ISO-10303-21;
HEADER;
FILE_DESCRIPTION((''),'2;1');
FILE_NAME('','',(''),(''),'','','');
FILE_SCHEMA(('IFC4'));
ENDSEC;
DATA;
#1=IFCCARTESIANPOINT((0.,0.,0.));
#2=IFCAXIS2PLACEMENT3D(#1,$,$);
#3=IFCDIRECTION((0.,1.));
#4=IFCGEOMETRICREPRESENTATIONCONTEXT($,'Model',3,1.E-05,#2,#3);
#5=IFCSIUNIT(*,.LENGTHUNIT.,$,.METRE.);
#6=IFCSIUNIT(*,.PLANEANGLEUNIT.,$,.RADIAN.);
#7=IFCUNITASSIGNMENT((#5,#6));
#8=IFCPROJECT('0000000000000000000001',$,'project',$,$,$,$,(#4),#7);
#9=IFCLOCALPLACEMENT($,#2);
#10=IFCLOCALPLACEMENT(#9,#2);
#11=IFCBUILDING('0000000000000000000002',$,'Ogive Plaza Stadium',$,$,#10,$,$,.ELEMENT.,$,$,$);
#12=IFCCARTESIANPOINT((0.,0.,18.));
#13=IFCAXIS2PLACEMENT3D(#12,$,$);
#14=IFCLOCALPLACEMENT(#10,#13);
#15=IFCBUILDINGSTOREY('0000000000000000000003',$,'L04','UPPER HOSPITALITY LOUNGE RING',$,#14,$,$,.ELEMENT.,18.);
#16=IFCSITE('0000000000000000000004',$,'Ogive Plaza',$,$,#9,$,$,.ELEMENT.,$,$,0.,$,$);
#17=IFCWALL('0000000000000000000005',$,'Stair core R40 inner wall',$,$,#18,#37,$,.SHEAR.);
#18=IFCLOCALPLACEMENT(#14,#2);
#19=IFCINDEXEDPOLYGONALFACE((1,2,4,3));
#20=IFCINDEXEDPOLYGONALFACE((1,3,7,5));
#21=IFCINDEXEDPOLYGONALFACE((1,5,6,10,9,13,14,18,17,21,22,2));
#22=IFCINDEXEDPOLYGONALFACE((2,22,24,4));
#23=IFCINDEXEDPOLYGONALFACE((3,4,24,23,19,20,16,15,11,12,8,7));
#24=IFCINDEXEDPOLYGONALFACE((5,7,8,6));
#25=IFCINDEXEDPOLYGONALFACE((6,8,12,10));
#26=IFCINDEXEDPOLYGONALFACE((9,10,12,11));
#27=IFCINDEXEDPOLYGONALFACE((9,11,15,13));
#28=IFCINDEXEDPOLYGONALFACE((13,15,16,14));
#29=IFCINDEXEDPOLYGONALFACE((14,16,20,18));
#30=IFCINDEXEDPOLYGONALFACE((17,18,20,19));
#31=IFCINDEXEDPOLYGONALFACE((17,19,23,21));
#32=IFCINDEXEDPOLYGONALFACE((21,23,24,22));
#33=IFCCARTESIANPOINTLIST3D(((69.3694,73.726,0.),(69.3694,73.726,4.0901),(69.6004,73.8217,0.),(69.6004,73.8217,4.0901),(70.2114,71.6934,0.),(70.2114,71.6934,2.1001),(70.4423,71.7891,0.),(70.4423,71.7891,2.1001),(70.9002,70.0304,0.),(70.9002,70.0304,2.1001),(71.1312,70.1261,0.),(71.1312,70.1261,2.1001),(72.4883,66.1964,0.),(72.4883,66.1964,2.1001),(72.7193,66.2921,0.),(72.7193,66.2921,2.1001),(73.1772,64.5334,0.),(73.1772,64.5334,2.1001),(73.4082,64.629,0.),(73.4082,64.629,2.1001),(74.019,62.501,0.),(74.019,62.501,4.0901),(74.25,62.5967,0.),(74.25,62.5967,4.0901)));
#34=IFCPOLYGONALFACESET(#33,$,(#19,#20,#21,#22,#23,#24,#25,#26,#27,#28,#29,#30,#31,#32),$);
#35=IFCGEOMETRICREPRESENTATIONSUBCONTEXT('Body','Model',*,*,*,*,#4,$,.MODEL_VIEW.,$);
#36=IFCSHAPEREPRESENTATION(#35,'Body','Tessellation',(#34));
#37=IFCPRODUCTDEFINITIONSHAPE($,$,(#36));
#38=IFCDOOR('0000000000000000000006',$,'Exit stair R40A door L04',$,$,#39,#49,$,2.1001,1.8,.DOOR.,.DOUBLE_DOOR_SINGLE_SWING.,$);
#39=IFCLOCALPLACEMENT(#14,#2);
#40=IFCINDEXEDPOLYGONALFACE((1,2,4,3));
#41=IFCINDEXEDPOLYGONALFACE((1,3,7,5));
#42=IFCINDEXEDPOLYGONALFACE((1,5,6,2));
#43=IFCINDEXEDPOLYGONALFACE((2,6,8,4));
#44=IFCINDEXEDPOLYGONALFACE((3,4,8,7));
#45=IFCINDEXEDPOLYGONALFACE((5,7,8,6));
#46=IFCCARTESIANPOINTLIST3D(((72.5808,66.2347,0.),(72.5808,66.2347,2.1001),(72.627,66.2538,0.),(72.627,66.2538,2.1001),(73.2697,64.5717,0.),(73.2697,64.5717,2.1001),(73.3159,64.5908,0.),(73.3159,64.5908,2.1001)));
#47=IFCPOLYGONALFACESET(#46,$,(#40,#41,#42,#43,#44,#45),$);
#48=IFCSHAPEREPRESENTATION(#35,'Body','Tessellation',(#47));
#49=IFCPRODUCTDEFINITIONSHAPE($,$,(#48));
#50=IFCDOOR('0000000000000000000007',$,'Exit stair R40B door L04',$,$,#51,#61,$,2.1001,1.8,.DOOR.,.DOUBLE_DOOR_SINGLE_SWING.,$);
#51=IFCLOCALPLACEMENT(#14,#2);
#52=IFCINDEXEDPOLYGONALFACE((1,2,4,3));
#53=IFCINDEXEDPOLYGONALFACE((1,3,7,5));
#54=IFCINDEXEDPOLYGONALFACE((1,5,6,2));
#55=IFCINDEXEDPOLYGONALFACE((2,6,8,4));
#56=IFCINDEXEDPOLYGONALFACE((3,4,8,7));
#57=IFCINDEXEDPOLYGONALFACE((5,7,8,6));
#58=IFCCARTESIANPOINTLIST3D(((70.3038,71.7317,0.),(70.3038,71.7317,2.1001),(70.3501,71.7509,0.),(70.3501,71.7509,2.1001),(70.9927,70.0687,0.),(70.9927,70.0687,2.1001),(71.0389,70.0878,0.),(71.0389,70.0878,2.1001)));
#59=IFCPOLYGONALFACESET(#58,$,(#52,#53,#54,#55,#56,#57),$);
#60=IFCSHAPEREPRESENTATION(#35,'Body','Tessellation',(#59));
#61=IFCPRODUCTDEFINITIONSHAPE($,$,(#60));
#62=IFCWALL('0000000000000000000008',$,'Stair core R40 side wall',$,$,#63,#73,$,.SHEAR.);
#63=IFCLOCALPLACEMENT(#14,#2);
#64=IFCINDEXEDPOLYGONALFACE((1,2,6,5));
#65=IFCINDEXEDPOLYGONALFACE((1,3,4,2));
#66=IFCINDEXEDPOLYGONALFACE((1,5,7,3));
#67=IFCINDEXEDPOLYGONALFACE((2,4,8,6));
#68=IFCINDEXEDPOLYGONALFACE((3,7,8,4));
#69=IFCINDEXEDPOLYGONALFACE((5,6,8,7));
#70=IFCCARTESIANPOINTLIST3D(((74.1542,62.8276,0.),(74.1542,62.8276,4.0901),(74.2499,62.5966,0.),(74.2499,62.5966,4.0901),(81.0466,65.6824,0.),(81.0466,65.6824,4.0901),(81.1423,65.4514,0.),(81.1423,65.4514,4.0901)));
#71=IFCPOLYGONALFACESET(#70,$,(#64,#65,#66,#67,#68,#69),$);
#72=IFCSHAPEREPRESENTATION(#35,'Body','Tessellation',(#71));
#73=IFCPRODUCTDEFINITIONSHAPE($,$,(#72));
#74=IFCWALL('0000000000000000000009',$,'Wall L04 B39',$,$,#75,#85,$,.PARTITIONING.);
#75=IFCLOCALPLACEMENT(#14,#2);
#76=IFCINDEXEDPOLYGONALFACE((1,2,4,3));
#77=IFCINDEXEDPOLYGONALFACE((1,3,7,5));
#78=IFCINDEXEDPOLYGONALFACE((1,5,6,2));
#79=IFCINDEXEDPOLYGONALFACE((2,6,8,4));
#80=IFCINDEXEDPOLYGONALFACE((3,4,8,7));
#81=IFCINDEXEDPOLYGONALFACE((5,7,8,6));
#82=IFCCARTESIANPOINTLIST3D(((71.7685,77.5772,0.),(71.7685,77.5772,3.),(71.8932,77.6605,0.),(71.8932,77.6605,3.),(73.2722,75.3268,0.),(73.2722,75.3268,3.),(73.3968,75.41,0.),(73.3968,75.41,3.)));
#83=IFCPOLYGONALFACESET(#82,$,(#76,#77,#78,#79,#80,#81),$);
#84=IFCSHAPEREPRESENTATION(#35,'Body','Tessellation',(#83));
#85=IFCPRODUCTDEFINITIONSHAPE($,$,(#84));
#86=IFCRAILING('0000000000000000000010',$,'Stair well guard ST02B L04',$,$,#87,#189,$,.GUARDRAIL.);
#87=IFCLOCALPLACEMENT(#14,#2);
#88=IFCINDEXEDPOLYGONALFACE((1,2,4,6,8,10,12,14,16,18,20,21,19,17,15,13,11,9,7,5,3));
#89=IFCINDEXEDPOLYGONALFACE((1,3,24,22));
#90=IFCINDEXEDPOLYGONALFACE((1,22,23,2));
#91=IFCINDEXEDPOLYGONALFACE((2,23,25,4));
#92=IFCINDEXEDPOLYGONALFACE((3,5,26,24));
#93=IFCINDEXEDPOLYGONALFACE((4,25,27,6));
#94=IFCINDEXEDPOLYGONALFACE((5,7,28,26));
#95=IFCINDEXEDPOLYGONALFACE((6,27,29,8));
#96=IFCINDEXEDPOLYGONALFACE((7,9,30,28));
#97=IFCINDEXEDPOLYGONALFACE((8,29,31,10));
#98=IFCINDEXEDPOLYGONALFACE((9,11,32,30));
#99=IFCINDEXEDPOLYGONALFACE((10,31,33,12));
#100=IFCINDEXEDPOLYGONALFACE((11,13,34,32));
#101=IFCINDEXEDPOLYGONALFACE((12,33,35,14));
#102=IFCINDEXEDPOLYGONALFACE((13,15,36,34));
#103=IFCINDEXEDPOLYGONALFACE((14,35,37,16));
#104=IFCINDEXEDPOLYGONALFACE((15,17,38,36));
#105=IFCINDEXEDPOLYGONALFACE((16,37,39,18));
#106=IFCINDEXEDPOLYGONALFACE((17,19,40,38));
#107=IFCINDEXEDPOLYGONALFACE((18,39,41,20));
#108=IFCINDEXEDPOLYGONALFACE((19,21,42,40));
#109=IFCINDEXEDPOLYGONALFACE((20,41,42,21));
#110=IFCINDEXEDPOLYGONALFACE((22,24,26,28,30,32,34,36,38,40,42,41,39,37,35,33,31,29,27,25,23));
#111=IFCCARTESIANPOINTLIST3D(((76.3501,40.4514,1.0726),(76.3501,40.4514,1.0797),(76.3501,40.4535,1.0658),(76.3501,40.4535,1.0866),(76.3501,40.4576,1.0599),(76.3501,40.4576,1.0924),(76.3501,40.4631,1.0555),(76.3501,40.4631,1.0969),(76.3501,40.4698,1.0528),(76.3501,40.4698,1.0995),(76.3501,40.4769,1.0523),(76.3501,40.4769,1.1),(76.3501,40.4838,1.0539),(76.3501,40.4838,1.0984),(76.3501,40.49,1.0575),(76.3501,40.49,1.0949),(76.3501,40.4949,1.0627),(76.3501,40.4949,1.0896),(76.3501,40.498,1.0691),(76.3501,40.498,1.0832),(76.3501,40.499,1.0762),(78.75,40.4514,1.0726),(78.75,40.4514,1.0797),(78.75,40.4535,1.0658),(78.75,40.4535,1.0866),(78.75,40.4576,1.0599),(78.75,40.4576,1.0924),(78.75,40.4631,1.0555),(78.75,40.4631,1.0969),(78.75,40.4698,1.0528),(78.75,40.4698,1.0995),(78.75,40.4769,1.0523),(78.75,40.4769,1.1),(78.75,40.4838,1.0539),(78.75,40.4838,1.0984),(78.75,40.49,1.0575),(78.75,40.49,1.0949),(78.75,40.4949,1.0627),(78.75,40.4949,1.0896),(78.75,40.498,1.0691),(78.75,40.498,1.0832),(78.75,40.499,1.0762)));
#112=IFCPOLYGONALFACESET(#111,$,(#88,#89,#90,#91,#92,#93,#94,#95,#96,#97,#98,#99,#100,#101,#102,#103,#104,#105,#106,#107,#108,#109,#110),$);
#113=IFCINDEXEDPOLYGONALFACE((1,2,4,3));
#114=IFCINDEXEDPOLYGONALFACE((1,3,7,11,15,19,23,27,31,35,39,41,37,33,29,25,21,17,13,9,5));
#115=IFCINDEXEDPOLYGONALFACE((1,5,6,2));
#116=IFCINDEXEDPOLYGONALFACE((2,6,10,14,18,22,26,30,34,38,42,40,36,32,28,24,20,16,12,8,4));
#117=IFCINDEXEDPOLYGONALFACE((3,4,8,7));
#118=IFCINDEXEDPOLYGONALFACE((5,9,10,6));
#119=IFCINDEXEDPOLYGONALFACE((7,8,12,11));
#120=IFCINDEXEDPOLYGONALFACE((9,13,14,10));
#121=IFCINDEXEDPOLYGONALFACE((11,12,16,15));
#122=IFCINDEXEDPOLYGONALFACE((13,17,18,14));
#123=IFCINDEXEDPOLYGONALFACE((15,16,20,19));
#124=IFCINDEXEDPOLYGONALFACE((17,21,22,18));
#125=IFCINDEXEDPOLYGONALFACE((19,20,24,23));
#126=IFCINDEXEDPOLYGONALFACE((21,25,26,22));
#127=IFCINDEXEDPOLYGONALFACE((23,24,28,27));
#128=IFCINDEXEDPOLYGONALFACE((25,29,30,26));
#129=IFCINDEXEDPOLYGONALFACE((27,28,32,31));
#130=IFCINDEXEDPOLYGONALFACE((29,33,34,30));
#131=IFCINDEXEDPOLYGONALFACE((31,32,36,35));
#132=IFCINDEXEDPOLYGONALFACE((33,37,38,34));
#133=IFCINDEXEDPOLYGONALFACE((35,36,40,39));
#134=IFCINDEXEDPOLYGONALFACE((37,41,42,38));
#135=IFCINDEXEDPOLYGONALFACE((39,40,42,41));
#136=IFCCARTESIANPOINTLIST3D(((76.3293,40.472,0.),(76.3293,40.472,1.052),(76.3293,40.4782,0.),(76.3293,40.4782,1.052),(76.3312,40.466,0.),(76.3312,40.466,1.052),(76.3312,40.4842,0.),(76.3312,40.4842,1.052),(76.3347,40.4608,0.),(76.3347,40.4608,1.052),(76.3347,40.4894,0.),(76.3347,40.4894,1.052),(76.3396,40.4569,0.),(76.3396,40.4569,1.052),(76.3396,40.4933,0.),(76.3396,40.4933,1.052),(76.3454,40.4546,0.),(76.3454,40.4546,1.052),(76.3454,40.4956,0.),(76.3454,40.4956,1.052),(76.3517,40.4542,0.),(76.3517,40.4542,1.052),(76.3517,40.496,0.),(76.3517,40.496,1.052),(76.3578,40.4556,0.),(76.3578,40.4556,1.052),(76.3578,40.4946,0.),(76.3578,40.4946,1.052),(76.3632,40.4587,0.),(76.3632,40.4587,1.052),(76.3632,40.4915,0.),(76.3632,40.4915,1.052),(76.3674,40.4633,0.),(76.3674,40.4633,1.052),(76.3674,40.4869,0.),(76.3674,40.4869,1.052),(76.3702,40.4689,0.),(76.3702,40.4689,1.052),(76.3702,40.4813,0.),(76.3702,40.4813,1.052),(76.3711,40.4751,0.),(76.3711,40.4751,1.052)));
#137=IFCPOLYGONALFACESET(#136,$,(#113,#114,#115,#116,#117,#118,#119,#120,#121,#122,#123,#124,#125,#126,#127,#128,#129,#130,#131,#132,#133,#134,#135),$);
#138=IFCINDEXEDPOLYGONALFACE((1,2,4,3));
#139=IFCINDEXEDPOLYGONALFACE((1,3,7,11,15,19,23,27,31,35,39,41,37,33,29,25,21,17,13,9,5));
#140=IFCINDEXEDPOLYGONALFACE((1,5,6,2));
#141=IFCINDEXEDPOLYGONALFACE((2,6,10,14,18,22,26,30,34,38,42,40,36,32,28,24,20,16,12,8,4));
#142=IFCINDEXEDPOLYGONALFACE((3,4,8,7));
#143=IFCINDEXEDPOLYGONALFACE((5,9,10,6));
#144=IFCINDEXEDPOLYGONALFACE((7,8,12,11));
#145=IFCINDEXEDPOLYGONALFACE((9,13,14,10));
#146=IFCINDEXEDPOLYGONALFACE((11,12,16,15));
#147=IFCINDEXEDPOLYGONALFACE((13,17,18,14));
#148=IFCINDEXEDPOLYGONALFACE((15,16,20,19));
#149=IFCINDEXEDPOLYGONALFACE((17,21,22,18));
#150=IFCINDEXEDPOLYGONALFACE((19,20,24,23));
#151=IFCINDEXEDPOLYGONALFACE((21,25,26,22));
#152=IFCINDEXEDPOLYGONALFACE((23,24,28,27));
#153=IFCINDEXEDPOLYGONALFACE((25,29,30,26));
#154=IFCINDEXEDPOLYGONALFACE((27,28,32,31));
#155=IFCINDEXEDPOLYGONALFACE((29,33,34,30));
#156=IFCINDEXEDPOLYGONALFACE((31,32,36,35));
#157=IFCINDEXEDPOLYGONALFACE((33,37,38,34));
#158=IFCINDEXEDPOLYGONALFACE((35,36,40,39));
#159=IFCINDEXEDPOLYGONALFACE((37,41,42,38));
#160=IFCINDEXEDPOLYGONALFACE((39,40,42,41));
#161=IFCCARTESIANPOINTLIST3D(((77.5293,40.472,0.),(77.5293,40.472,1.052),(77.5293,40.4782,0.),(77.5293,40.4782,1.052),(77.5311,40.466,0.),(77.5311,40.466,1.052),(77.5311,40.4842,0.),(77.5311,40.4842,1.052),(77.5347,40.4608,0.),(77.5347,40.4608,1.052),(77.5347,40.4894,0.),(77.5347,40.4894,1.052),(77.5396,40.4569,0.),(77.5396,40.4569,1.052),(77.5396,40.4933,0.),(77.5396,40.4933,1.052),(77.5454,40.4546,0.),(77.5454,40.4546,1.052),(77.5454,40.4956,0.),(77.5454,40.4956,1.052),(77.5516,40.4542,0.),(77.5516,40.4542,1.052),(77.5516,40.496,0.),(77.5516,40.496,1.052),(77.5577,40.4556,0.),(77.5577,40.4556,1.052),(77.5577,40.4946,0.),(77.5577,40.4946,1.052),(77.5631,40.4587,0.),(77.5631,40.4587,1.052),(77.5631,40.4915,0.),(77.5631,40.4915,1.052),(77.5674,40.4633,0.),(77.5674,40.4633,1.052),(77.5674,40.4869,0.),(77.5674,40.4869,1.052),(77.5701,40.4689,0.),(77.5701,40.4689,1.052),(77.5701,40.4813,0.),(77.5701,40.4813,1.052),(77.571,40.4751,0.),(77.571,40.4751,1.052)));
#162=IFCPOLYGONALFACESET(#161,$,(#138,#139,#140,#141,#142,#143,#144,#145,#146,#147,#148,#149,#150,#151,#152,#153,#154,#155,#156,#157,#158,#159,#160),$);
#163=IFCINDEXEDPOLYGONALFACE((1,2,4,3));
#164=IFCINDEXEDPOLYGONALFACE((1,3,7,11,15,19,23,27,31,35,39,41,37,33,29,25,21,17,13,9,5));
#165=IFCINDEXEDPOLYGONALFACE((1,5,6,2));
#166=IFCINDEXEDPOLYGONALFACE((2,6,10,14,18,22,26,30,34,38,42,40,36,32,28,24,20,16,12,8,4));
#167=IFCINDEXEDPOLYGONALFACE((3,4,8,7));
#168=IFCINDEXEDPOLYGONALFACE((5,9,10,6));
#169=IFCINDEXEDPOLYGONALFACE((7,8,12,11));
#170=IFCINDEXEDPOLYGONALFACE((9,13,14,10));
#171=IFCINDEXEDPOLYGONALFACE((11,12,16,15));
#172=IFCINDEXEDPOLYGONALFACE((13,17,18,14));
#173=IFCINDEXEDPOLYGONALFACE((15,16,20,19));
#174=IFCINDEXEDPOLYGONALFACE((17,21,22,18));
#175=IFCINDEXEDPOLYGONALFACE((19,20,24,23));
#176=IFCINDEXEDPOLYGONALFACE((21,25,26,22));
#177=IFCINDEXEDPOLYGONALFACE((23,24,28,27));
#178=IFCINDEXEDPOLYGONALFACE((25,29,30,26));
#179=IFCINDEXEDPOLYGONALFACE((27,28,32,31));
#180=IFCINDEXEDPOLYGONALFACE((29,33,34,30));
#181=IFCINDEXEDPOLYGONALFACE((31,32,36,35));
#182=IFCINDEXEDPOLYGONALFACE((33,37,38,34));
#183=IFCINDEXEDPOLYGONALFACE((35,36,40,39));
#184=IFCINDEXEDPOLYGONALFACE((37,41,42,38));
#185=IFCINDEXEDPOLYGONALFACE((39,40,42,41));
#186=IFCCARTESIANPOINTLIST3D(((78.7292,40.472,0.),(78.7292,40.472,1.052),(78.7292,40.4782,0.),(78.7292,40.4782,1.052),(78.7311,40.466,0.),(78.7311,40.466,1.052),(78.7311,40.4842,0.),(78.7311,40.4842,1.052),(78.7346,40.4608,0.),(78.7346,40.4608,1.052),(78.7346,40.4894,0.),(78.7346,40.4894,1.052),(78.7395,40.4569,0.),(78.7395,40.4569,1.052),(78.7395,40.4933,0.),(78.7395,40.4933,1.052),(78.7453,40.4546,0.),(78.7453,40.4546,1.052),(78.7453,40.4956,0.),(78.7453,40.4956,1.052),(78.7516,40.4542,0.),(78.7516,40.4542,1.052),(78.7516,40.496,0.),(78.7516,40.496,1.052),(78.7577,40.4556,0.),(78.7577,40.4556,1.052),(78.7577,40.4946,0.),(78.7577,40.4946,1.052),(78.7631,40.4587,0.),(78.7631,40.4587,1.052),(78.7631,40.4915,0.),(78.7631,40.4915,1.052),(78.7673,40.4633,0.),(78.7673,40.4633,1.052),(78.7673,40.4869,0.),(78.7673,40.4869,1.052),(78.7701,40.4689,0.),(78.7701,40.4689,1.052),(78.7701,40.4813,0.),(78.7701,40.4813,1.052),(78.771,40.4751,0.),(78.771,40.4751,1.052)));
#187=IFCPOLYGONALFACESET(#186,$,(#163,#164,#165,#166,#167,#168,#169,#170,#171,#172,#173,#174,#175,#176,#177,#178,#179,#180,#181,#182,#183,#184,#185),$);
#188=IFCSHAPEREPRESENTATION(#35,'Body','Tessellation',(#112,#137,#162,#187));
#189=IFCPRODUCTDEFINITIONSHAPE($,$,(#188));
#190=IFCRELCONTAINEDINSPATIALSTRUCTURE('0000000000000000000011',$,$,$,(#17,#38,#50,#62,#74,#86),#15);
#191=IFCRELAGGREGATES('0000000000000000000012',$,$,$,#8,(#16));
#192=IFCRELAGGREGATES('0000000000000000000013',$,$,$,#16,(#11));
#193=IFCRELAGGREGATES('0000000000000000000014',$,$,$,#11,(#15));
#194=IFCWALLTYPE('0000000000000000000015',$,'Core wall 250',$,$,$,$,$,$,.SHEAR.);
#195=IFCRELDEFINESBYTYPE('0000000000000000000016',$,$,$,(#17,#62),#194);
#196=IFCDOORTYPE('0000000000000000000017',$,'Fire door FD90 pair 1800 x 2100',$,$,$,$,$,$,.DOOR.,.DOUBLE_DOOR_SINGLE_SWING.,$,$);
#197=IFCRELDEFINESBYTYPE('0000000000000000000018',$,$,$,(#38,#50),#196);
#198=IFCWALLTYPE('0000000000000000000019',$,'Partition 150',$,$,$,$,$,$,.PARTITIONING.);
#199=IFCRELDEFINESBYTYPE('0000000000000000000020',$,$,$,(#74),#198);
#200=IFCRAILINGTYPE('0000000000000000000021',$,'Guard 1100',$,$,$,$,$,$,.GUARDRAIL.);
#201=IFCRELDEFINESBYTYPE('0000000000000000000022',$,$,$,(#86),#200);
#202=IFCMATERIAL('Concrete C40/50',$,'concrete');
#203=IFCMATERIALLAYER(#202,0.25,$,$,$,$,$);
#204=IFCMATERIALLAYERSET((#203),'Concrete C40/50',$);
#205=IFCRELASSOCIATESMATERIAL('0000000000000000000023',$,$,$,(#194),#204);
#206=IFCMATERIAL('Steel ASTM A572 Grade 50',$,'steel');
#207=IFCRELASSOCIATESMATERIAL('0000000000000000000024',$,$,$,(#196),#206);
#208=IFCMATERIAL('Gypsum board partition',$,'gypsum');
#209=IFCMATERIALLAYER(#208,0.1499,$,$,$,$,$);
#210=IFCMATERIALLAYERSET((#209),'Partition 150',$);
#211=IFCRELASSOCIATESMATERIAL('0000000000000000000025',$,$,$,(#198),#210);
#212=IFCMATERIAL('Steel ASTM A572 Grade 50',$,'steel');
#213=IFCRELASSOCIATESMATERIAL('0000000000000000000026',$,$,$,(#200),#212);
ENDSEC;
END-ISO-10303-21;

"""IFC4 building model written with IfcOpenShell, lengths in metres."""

from ifc_helpers import new_model, si_unit, direction, frame, frame_2d, origin, origin_2d, place, context, subcontext, project, spatial, rectangle, circle, extrude, material, layer, layer_set, type_object, element, fill, save


model = new_model("IFC4")

# Units and contexts
model_context = context("Model", 3, precision=1e-05, world=origin(), true_north=direction((0.0, 1.0)))
body_context = subcontext(model_context, "Body", "Model", "MODEL_VIEW")
ifc_project = project(units=[si_unit("LENGTHUNIT", "METRE"), si_unit("PLANEANGLEUNIT", "RADIAN")], contexts=[model_context])

# Site, building, storey
site_placement = place(None, origin())
site = spatial("IfcSite", under=ifc_project, at=site_placement, Name="Ogive Plaza", CompositionType="ELEMENT", RefElevation=0.0)
building_placement = place(site_placement, origin())
building = spatial("IfcBuilding", under=site, at=building_placement, Name="Ogive Plaza Stadium", CompositionType="ELEMENT")
storey_placement = place(building_placement, frame((0.0, 0.0, 18.0)))
storey = spatial("IfcBuildingStorey", under=building, at=storey_placement, Name="L04", Description="UPPER HOSPITALITY LOUNGE RING", CompositionType="ELEMENT", Elevation=18.0)

# Shared definitions
ifc_material_1 = material(Name="Concrete C40/50", Category="concrete")
ifc_layer_1 = layer(ifc_material_1, 0.25)
ifc_layer_set_1 = layer_set([ifc_layer_1], Name="Concrete C40/50")
wall_type_1 = type_object("IfcWallType", Name="Core wall 250", PredefinedType="SHEAR", material=ifc_layer_set_1)

# Wall, openings, doors
wall_1_placement = place(storey_placement, frame((74.1345, 62.5488, 0.0), z_axis=(0.0, 0.0, 1.0), x_axis=(-0.382688, 0.923877, 0.0)))
wall_1 = element("IfcWall", 1, at=wall_1_placement, inside=storey, type_object=wall_type_1, Name="Stair core R40 inner wall", PredefinedType="SHEAR", context=body_context, shape_type="SweptSolid", body=[
    extrude(rectangle(XDim=12.1499, YDim=0.25, at=frame_2d((6.075, 0.0))), origin(), (0.0, 0.0, 1.0), 4.0901),
])
opening_1_placement = place(wall_1_placement, frame((2.2, 0.0, 0.0)))
opening_1 = element("IfcOpeningElement", 2, at=opening_1_placement, cuts=wall_1, PredefinedType="OPENING", context=body_context, shape_type="SweptSolid", body=[
    extrude(rectangle(XDim=1.8, YDim=2.1001, at=frame_2d((0.8999, 1.05))), frame((0.0, 0.125, 0.0), z_axis=(0.0, -1.0, 0.0), x_axis=(1.0, 0.0, 0.0)), (0.0, 0.0, 1.0), 0.25),
])
opening_2_placement = place(wall_1_placement, frame((8.1499, 0.0, 0.0)))
opening_2 = element("IfcOpeningElement", 3, at=opening_2_placement, cuts=wall_1, PredefinedType="OPENING", context=body_context, shape_type="SweptSolid", body=[
    extrude(rectangle(XDim=1.8, YDim=2.1001, at=frame_2d((0.8999, 1.05))), frame((0.0, 0.125, 0.0), z_axis=(0.0, -1.0, 0.0), x_axis=(1.0, 0.0, 0.0)), (0.0, 0.0, 1.0), 0.25),
])
ifc_material_2 = material(Name="Steel ASTM A572 Grade 50", Category="steel")
door_type = type_object("IfcDoorType", Name="Fire door FD90 pair 1800 x 2100", OperationType="DOUBLE_DOOR_SINGLE_SWING", PredefinedType="DOOR", material=ifc_material_2)
door_1_placement = place(opening_1_placement, origin())
door_1 = element("IfcDoor", 4, at=door_1_placement, inside=storey, type_object=door_type, Name="Exit stair R40A door L04", OperationType="DOUBLE_DOOR_SINGLE_SWING", OverallHeight=2.1001, OverallWidth=1.8, PredefinedType="DOOR", context=body_context, shape_type="SweptSolid", body=[
    extrude(rectangle(XDim=1.8, YDim=2.1001, at=frame_2d((0.8999, 1.05))), frame((0.0, 0.0249, 0.0), z_axis=(0.0, -1.0, 0.0), x_axis=(1.0, 0.0, 0.0)), (0.0, 0.0, 1.0), 0.05),
])
fill(opening_1, door_1)
door_2_placement = place(opening_2_placement, origin())
door_2 = element("IfcDoor", 5, at=door_2_placement, inside=storey, type_object=door_type, Name="Exit stair R40B door L04", OperationType="DOUBLE_DOOR_SINGLE_SWING", OverallHeight=2.1001, OverallWidth=1.8, PredefinedType="DOOR", context=body_context, shape_type="SweptSolid", body=[
    extrude(rectangle(XDim=1.8, YDim=2.1001, at=frame_2d((0.8999, 1.05))), frame((0.0, 0.0249, 0.0), z_axis=(0.0, -1.0, 0.0), x_axis=(1.0, 0.0, 0.0)), (0.0, 0.0, 1.0), 0.05),
])
fill(opening_2, door_2)

# Walls
wall_2_placement = place(storey_placement, frame((74.2021, 62.7122, 0.0), z_axis=(0.0, 0.0, 1.0), x_axis=(0.923887, 0.382665, 0.0)))
element("IfcWall", 6, at=wall_2_placement, inside=storey, type_object=wall_type_1, Name="Stair core R40 side wall", PredefinedType="SHEAR", context=body_context, shape_type="SweptSolid", body=[
    extrude(rectangle(XDim=7.4602, YDim=0.25, at=frame_2d((3.73, 0.0))), origin(), (0.0, 0.0, 1.0), 4.0901),
])
ifc_material_3 = material(Name="Gypsum board partition", Category="gypsum")
ifc_layer_2 = layer(ifc_material_3, 0.1499)
ifc_layer_set_2 = layer_set([ifc_layer_2], Name="Partition 150")
wall_type_2 = type_object("IfcWallType", Name="Partition 150", PredefinedType="PARTITIONING", material=ifc_layer_set_2)
wall_3_placement = place(storey_placement, frame((73.3345, 75.3684, 0.0), z_axis=(0.0, 0.0, 1.0), x_axis=(-0.555553, 0.831481, 0.0)))
element("IfcWall", 7, at=wall_3_placement, inside=storey, type_object=wall_type_2, Name="Wall L04 B39", PredefinedType="PARTITIONING", context=body_context, shape_type="SweptSolid", body=[
    extrude(rectangle(XDim=2.7065, YDim=0.1499, at=frame_2d((1.3533, 0.0))), origin(), (0.0, 0.0, 1.0), 3.0),
])

# Railing
ifc_material_4 = material(Name="Steel ASTM A572 Grade 50", Category="steel")
railing_type_1 = type_object("IfcRailingType", Name="Guard 1100", PredefinedType="GUARDRAIL", material=ifc_material_4)
railing_1_placement = place(storey_placement, frame((76.3501, 40.4751, 0.0)))
element("IfcRailing", 8, at=railing_1_placement, inside=storey, type_object=railing_type_1, Name="Stair well guard ST02B L04", PredefinedType="GUARDRAIL", context=body_context, shape_type="SweptSolid", body=[
    extrude(circle(Radius=0.0239, at=origin_2d()), frame((0.0, 0.0, 1.0762), z_axis=(1.0, 0.0, 0.0), x_axis=(0.0, 1.0, 0.0)), (0.0, 0.0, 1.0), 2.3999),
    extrude(circle(Radius=0.021, at=origin_2d()), origin(), (0.0, 0.0, 1.0), 1.052),
    extrude(circle(Radius=0.021, at=origin_2d()), frame((1.2, 0.0, 0.0)), (0.0, 0.0, 1.0), 1.052),
    extrude(circle(Radius=0.021, at=origin_2d()), frame((2.3999, 0.0, 0.0)), (0.0, 0.0, 1.0), 1.052),
])

save(model, "model.ifc")
